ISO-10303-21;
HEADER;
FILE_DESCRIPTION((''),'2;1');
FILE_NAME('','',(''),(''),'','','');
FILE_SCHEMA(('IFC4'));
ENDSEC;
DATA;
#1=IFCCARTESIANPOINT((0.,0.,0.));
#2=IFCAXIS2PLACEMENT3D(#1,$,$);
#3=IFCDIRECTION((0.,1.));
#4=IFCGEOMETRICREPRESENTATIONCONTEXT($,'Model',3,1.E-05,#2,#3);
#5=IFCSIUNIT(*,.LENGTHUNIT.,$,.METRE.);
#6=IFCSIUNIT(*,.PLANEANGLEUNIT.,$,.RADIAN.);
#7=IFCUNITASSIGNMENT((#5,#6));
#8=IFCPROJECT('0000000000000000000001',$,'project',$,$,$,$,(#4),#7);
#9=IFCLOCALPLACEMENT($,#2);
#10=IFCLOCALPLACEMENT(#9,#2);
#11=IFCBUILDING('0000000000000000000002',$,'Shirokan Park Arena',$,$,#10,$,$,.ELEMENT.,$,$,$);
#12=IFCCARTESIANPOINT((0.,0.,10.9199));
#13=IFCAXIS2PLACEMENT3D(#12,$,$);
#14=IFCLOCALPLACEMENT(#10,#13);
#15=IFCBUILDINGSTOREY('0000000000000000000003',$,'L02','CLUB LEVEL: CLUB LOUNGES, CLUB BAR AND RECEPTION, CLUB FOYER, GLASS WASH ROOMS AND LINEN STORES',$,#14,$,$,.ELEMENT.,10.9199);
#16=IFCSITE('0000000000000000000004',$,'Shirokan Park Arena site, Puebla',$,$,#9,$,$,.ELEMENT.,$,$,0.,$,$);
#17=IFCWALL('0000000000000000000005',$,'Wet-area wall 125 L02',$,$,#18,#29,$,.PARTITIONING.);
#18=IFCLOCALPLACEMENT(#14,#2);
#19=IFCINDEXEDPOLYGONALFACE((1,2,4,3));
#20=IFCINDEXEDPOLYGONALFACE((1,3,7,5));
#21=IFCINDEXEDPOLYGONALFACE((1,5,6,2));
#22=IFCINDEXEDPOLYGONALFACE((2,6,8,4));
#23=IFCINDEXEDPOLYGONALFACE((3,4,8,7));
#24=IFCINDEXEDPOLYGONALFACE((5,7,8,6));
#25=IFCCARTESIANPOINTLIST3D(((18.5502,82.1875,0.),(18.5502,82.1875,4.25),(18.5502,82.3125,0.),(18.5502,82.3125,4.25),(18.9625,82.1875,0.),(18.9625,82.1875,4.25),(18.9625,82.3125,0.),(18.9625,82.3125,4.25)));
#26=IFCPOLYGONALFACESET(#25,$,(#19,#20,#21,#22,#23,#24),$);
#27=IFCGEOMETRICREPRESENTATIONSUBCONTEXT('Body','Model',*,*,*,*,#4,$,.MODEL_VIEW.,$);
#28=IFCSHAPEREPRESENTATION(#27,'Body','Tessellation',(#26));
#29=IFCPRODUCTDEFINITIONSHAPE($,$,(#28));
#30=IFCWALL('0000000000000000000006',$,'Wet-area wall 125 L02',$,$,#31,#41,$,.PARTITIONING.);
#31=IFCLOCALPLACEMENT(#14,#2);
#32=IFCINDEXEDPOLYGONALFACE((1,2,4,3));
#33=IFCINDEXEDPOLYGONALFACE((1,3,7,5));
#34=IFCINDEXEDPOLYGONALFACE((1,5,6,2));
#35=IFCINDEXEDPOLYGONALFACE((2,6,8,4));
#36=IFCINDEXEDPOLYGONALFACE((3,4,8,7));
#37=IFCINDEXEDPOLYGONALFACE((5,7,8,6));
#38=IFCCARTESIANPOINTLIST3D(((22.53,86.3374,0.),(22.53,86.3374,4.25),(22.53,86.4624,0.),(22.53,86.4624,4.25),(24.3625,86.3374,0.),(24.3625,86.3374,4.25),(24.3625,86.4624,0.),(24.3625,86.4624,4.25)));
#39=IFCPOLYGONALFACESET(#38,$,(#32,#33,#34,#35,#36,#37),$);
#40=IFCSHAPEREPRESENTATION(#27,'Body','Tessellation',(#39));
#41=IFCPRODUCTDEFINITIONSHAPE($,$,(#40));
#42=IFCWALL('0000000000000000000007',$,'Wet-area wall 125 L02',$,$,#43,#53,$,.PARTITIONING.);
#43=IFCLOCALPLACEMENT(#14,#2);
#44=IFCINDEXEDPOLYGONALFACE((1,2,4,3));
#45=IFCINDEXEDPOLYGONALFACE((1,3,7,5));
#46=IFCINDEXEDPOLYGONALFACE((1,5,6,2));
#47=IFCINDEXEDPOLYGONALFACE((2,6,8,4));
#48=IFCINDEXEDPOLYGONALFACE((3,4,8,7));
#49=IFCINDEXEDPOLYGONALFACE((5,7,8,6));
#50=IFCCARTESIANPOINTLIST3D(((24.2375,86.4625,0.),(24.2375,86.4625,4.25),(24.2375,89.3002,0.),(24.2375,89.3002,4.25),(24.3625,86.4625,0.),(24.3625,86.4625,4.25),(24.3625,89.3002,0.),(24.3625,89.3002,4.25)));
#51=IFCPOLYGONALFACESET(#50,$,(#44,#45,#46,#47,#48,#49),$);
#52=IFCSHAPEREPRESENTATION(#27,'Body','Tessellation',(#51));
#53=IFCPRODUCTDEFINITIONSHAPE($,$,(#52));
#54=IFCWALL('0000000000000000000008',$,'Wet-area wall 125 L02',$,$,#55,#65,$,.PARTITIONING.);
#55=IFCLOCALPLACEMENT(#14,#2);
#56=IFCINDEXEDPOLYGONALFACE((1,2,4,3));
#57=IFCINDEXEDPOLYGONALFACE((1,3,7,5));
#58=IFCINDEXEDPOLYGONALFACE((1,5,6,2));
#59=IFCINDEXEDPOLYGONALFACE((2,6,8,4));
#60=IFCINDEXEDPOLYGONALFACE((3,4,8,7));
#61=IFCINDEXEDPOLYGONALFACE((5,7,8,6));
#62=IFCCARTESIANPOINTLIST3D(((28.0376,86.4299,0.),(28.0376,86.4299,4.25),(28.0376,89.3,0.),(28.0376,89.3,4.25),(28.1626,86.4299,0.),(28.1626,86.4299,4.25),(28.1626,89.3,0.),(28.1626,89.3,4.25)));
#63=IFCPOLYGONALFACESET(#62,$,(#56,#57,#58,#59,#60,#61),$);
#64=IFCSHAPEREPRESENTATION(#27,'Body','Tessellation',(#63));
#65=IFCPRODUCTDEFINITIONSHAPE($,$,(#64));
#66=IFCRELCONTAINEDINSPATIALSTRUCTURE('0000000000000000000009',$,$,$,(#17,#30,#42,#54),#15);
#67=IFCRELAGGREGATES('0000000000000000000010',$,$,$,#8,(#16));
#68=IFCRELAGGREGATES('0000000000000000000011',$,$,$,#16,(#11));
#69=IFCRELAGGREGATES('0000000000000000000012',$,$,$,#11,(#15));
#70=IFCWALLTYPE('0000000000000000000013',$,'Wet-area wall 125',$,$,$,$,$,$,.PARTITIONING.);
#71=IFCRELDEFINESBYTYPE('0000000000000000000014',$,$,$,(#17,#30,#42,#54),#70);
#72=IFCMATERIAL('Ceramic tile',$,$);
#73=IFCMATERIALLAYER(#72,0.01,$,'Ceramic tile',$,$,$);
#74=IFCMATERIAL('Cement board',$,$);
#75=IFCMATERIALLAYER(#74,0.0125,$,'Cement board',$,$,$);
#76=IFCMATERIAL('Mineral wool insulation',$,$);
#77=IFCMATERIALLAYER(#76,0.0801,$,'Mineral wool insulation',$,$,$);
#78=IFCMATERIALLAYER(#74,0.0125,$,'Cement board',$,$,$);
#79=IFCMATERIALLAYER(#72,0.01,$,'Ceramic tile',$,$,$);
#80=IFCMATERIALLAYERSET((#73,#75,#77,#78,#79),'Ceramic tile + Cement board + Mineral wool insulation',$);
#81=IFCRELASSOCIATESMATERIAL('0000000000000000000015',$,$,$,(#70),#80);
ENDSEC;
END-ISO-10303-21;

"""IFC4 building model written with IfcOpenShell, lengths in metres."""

from ifc_helpers import new_model, si_unit, direction, frame, frame_2d, origin, place, context, subcontext, project, spatial, rectangle, extrude, material, layer, layer_set, type_object, element, save


model = new_model("IFC4")

# Units and contexts
model_context = context("Model", 3, precision=1e-05, world=origin(), true_north=direction((0.0, 1.0)))
body_context = subcontext(model_context, "Body", "Model", "MODEL_VIEW")
ifc_project = project(units=[si_unit("LENGTHUNIT", "METRE"), si_unit("PLANEANGLEUNIT", "RADIAN")], contexts=[model_context])

# Site, building, storey
site_placement = place(None, origin())
site = spatial("IfcSite", under=ifc_project, at=site_placement, Name="Shirokan Park Arena site, Puebla", CompositionType="ELEMENT", RefElevation=0.0)
building_placement = place(site_placement, origin())
building = spatial("IfcBuilding", under=site, at=building_placement, Name="Shirokan Park Arena", CompositionType="ELEMENT")
storey_placement = place(building_placement, frame((0.0, 0.0, 10.9199)))
storey = spatial("IfcBuildingStorey", under=building, at=storey_placement, Name="L02", Description="CLUB LEVEL: CLUB LOUNGES, CLUB BAR AND RECEPTION, CLUB FOYER, GLASS WASH ROOMS AND LINEN STORES", CompositionType="ELEMENT", Elevation=10.9199)

# Walls
ifc_material_1 = material(Name="Ceramic tile")
ifc_layer_1 = layer(ifc_material_1, 0.01, Name="Ceramic tile")
ifc_material_2 = material(Name="Cement board")
ifc_layer_2 = layer(ifc_material_2, 0.0125, Name="Cement board")
ifc_material_3 = material(Name="Mineral wool insulation")
ifc_layer_3 = layer(ifc_material_3, 0.0801, Name="Mineral wool insulation")
ifc_layer_4 = layer(ifc_material_2, 0.0125, Name="Cement board")
ifc_layer_5 = layer(ifc_material_1, 0.01, Name="Ceramic tile")
ifc_layer_set_1 = layer_set([ifc_layer_1, ifc_layer_2, ifc_layer_3, ifc_layer_4, ifc_layer_5], Name="Ceramic tile + Cement board + Mineral wool insulation")
wall_type_1 = type_object("IfcWallType", Name="Wet-area wall 125", PredefinedType="PARTITIONING", material=ifc_layer_set_1)
wall_1_placement = place(storey_placement, frame((18.9624, 82.25, 0.0), z_axis=(0.0, 0.0, 1.0), x_axis=(-1.0, 0.0, 0.0)))
element("IfcWall", 1, at=wall_1_placement, inside=storey, type_object=wall_type_1, Name="Wet-area wall 125 L02", PredefinedType="PARTITIONING", context=body_context, shape_type="SweptSolid", body=[
    extrude(rectangle(XDim=0.4124, YDim=0.125, at=frame_2d((0.2061, 0.0))), origin(), (0.0, 0.0, 1.0), 4.25),
])
wall_2_placement = place(storey_placement, frame((22.53, 86.3999, 0.0), z_axis=(0.0, 0.0, 1.0), x_axis=(1.0, 0.0, 0.0)))
element("IfcWall", 2, at=wall_2_placement, inside=storey, type_object=wall_type_1, Name="Wet-area wall 125 L02", PredefinedType="PARTITIONING", context=body_context, shape_type="SweptSolid", body=[
    extrude(rectangle(XDim=1.8325, YDim=0.125, at=frame_2d((0.9163, 0.0))), origin(), (0.0, 0.0, 1.0), 4.25),
])
wall_3_placement = place(storey_placement, frame((24.3, 86.4624, 0.0), z_axis=(0.0, 0.0, 1.0), x_axis=(0.0, 1.0, 0.0)))
element("IfcWall", 3, at=wall_3_placement, inside=storey, type_object=wall_type_1, Name="Wet-area wall 125 L02", PredefinedType="PARTITIONING", context=body_context, shape_type="SweptSolid", body=[
    extrude(rectangle(XDim=2.8376, YDim=0.125, at=frame_2d((1.4189, 0.0))), origin(), (0.0, 0.0, 1.0), 4.25),
])
wall_4_placement = place(storey_placement, frame((28.1001, 89.3, 0.0), z_axis=(0.0, 0.0, 1.0), x_axis=(0.0, -1.0, 0.0)))
element("IfcWall", 4, at=wall_4_placement, inside=storey, type_object=wall_type_1, Name="Wet-area wall 125 L02", PredefinedType="PARTITIONING", context=body_context, shape_type="SweptSolid", body=[
    extrude(rectangle(XDim=2.8701, YDim=0.125, at=frame_2d((1.4351, 0.0))), origin(), (0.0, 0.0, 1.0), 4.25),
])

save(model, "model.ifc")
